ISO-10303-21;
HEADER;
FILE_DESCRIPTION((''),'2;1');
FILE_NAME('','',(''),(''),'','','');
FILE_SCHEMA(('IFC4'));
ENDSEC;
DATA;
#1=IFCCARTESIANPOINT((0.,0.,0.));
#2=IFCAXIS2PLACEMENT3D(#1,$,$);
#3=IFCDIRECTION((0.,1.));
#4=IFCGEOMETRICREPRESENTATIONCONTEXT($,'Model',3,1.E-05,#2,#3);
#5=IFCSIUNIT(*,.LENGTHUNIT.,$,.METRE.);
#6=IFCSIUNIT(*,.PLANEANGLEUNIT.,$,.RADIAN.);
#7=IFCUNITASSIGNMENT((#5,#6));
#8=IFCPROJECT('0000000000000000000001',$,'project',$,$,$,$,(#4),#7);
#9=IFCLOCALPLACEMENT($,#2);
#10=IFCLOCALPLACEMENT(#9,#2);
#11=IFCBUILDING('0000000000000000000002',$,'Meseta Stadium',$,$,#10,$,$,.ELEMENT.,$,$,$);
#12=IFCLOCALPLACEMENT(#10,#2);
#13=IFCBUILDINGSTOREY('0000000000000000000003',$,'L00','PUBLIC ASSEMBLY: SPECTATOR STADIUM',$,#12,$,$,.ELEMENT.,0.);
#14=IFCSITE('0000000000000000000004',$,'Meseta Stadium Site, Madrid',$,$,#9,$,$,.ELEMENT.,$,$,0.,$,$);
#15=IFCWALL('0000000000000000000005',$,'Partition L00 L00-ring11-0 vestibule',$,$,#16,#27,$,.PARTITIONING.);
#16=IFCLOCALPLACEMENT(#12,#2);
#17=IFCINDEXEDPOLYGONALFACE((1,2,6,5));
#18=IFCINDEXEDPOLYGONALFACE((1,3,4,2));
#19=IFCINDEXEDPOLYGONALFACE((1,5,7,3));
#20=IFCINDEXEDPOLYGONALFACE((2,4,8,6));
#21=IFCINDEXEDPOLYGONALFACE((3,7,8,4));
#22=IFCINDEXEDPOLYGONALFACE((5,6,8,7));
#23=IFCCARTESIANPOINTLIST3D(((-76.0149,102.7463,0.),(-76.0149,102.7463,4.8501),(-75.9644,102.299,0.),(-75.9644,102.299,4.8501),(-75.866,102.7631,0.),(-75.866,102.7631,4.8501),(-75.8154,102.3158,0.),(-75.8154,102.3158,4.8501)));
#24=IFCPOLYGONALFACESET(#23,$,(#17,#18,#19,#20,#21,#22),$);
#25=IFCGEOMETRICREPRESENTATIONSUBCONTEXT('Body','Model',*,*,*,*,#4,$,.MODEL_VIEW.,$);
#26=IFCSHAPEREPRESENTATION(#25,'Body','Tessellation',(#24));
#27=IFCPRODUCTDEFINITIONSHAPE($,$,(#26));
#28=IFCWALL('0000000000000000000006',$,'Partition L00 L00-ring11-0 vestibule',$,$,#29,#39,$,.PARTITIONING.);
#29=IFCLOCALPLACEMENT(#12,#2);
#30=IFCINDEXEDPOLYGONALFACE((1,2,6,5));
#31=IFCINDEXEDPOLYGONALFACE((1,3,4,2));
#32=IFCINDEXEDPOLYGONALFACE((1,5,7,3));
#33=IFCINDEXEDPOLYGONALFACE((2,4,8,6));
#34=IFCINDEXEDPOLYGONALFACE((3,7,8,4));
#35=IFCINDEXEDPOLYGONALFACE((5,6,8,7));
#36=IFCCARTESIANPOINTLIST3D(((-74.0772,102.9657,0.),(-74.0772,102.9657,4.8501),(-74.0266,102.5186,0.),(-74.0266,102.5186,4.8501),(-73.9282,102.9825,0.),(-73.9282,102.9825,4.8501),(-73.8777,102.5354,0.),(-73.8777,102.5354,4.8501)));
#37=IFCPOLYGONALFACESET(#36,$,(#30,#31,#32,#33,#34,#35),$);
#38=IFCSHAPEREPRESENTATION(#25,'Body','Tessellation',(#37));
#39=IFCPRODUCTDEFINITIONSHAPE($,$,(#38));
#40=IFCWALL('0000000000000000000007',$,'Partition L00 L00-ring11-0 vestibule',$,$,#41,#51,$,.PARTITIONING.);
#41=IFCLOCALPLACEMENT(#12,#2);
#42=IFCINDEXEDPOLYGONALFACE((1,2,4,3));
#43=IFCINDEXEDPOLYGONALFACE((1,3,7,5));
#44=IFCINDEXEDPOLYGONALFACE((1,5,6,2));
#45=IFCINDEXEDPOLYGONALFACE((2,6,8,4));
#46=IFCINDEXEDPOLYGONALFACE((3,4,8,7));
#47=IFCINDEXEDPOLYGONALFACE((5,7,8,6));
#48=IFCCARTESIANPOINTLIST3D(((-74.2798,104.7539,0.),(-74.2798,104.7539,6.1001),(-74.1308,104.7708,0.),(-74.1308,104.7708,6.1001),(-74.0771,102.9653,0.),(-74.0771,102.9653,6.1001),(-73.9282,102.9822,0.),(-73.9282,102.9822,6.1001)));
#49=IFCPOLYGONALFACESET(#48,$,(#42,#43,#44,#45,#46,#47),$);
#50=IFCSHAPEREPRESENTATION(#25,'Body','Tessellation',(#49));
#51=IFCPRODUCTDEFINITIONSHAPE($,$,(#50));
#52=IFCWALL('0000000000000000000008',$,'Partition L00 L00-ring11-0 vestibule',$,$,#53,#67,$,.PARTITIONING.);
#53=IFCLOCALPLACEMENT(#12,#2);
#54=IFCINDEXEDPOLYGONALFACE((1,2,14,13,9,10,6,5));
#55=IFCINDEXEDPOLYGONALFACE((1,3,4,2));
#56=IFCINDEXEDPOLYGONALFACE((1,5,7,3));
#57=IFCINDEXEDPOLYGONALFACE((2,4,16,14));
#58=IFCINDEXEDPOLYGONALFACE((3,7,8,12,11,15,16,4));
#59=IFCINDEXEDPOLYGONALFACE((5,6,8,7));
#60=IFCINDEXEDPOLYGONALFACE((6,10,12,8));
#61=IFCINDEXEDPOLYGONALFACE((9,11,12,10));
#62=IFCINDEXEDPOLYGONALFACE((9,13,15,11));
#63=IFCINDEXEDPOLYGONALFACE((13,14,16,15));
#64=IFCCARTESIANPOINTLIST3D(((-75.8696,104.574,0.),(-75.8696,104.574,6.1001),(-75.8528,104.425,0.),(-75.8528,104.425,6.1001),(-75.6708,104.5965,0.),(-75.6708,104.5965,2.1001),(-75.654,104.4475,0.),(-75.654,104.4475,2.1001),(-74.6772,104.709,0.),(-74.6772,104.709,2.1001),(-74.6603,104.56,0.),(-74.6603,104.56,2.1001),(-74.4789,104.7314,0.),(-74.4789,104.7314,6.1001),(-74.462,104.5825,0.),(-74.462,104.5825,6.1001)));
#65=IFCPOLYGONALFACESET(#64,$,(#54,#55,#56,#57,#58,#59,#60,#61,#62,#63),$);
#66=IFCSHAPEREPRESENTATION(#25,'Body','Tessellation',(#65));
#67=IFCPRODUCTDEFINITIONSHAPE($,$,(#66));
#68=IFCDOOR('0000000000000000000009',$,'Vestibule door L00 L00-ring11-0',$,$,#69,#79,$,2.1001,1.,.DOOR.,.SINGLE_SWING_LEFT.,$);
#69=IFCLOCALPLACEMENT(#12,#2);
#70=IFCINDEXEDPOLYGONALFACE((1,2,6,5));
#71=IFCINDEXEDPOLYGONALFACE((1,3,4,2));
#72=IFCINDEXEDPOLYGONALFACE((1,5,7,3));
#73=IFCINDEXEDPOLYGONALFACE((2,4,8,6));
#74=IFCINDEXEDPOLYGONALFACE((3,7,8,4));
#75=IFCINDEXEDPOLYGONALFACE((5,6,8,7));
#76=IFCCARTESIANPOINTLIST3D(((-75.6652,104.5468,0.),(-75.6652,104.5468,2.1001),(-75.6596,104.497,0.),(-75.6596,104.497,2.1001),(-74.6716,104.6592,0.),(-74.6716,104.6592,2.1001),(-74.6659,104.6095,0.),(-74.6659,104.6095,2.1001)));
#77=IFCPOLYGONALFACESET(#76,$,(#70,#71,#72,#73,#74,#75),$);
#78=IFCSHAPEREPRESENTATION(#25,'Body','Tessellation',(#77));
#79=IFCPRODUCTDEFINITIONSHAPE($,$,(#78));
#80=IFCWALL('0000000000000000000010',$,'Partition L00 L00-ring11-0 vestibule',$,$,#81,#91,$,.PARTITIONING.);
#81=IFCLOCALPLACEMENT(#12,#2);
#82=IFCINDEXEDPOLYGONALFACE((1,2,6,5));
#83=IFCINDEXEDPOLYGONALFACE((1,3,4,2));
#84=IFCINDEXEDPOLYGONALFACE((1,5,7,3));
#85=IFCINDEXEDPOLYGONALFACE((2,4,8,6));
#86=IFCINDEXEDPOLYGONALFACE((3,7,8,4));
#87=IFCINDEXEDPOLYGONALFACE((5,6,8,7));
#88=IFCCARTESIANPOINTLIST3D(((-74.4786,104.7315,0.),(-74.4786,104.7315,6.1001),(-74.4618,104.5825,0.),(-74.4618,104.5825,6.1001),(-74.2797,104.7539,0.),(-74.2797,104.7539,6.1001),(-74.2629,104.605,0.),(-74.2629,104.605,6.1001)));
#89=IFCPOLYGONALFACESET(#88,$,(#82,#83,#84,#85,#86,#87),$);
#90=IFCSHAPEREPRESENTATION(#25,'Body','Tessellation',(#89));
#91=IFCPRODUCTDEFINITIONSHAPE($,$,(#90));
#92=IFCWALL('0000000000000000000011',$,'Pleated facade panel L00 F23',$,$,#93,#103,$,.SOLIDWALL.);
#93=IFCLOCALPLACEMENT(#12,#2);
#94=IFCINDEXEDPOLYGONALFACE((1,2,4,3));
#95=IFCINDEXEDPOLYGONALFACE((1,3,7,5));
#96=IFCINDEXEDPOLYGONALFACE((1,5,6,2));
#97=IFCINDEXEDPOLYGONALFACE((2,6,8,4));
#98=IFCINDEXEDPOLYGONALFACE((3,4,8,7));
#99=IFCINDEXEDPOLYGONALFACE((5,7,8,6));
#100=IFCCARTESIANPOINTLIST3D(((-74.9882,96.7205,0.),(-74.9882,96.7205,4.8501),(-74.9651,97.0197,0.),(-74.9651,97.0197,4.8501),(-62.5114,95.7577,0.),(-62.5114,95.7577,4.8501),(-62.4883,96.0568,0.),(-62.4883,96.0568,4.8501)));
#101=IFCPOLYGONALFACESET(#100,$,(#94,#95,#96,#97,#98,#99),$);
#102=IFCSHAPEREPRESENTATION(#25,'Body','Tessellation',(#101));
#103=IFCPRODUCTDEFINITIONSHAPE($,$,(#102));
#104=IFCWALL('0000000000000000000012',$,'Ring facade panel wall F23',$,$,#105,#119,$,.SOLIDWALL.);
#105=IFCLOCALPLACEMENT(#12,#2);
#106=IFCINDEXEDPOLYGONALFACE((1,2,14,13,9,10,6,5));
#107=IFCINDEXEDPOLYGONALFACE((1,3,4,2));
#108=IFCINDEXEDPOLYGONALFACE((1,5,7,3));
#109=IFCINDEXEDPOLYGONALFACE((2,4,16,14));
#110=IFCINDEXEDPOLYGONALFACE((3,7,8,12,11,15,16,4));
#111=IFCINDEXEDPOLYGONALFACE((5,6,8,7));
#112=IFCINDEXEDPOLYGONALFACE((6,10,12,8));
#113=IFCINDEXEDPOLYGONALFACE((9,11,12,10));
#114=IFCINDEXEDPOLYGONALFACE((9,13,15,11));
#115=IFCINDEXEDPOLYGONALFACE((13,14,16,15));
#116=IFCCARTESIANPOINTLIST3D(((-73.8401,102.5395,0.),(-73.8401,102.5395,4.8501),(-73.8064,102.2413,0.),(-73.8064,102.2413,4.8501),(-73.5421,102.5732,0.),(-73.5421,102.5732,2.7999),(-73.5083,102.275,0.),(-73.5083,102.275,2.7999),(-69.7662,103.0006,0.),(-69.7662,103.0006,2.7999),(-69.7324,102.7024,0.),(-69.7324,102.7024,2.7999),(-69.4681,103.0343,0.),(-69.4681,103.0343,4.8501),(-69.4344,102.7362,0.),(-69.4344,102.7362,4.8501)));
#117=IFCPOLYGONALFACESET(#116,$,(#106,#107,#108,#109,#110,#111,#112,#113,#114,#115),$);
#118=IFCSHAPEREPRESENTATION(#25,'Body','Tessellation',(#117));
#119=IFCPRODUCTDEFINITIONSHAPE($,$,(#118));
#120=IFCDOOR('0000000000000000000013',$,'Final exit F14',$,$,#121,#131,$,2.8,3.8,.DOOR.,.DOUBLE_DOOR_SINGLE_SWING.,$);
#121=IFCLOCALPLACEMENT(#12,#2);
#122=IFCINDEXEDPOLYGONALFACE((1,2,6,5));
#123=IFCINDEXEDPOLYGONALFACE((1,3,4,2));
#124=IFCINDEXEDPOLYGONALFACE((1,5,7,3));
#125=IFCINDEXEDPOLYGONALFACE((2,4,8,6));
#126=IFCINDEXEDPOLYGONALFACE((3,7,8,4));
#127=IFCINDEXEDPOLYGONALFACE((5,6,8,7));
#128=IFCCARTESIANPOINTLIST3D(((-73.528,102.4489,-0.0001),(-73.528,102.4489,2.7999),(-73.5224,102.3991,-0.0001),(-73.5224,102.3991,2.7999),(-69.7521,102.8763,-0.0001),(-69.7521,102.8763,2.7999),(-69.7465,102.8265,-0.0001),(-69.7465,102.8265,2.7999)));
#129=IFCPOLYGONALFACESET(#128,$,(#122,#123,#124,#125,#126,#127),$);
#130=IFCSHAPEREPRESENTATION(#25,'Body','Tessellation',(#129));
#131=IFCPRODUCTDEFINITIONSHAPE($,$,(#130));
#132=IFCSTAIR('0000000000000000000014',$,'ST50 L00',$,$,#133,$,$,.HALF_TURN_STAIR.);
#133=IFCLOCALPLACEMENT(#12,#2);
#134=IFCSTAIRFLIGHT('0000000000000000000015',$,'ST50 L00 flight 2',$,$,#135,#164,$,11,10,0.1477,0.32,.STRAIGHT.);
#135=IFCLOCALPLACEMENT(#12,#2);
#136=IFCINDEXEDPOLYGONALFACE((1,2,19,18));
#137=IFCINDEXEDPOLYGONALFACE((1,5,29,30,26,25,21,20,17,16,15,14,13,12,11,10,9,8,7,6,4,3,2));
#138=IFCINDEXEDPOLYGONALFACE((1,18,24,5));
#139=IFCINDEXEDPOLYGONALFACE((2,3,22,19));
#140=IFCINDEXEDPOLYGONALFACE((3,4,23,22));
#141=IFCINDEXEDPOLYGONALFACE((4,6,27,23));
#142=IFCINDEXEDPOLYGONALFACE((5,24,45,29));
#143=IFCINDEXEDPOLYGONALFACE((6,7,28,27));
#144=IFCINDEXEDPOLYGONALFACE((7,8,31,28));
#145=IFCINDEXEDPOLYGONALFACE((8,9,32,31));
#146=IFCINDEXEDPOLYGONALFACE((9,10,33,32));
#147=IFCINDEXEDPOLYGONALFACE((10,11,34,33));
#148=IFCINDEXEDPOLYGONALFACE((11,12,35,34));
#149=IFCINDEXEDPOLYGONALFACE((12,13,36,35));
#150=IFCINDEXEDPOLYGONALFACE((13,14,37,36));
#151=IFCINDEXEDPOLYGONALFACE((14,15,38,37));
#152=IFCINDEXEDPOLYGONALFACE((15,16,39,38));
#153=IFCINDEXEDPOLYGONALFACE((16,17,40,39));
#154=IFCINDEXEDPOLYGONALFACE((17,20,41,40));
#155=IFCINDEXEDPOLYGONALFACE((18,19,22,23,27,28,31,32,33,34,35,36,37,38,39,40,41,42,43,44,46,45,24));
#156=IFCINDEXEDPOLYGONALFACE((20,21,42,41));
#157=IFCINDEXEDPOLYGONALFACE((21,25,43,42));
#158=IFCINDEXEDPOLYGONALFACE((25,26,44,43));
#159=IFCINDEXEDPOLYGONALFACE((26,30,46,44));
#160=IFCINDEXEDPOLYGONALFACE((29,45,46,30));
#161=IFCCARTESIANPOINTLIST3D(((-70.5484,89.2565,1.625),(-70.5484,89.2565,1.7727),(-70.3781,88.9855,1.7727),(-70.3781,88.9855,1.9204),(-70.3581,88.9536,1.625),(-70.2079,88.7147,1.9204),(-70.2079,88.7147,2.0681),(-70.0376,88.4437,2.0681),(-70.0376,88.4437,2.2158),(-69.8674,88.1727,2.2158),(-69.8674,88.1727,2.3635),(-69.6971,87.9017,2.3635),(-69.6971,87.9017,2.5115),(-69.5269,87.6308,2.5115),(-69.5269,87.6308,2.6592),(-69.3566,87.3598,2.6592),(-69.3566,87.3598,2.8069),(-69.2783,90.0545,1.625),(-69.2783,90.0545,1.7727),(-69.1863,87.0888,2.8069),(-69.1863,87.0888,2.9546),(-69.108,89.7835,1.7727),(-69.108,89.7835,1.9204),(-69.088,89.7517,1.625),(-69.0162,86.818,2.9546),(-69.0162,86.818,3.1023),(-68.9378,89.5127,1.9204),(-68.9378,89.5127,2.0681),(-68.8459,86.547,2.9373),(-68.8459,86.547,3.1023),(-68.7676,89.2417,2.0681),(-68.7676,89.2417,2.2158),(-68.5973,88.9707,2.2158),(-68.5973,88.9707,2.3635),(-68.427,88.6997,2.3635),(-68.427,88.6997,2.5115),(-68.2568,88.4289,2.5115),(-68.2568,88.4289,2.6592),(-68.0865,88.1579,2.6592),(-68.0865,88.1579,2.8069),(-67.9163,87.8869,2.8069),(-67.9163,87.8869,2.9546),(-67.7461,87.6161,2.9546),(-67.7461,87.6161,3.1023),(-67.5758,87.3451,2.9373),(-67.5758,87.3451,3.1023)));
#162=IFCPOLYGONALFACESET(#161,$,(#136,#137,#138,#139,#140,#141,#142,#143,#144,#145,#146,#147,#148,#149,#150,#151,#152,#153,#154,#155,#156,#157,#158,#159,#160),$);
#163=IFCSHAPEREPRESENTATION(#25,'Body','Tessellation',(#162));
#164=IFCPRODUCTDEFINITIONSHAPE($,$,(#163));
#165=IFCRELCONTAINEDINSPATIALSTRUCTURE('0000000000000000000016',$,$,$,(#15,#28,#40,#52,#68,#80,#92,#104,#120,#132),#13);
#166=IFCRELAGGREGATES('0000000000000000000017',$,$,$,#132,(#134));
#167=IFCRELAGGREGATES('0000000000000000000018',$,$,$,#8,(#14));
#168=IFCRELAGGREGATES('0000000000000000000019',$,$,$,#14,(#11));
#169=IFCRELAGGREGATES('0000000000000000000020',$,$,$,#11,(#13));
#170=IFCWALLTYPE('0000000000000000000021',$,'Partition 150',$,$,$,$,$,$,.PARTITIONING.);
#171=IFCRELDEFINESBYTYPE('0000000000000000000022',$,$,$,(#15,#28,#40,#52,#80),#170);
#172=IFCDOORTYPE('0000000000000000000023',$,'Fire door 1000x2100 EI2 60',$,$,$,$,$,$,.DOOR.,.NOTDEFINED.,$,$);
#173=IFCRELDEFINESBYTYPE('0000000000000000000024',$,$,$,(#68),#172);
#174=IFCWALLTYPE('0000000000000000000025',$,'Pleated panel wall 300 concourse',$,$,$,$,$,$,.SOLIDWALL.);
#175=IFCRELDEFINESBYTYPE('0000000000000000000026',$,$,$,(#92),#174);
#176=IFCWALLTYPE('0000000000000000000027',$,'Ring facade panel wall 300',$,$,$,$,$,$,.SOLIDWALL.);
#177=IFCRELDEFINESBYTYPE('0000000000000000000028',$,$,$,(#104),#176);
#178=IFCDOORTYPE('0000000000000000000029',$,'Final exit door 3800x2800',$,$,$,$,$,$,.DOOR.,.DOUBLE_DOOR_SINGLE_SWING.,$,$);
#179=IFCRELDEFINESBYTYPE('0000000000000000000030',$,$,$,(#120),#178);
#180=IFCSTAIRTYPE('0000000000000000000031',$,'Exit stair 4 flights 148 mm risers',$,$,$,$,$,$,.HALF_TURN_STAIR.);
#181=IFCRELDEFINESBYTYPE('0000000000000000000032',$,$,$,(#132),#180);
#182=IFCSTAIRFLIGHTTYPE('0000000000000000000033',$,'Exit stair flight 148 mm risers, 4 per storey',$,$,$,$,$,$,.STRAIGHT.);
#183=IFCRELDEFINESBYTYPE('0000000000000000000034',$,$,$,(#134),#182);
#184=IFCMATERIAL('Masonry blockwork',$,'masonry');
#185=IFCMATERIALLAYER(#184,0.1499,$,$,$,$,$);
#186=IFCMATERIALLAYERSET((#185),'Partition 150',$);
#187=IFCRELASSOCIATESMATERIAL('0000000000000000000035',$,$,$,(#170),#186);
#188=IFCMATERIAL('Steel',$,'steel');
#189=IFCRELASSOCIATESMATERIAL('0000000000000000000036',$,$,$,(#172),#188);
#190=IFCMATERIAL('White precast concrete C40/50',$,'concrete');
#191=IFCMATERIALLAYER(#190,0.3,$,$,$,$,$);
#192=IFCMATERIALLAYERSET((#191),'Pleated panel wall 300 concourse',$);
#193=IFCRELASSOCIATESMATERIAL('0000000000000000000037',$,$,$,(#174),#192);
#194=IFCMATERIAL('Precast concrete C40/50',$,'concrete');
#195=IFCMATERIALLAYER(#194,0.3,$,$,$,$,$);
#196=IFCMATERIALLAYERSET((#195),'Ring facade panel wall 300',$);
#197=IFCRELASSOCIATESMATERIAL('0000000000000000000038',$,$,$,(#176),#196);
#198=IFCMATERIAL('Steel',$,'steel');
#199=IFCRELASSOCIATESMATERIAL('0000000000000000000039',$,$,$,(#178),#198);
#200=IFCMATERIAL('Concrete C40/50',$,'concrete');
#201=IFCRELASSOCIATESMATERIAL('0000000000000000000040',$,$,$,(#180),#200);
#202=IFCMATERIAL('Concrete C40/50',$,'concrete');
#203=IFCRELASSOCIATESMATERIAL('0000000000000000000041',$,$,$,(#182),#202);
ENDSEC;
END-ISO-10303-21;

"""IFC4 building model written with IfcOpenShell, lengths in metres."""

from ifc_helpers import new_model, si_unit, direction, frame, frame_2d, origin, place, context, subcontext, project, spatial, polyline, rectangle, outline, extrude, material, layer, layer_set, type_object, element, fill, aggregate, save


model = new_model("IFC4")

# Units and contexts
model_context = context("Model", 3, precision=1e-05, world=origin(), true_north=direction((0.0, 1.0)))
body_context = subcontext(model_context, "Body", "Model", "MODEL_VIEW")
ifc_project = project(units=[si_unit("LENGTHUNIT", "METRE"), si_unit("PLANEANGLEUNIT", "RADIAN")], contexts=[model_context])

# Site, building, storey
site_placement = place(None, origin())
site = spatial("IfcSite", under=ifc_project, at=site_placement, Name="Meseta Stadium Site, Madrid", CompositionType="ELEMENT", RefElevation=0.0)
building_placement = place(site_placement, origin())
building = spatial("IfcBuilding", under=site, at=building_placement, Name="Meseta Stadium", CompositionType="ELEMENT")
storey_placement = place(building_placement, origin())
storey = spatial("IfcBuildingStorey", under=building, at=storey_placement, Name="L00", Description="PUBLIC ASSEMBLY: SPECTATOR STADIUM", CompositionType="ELEMENT", Elevation=0.0)

# Walls
ifc_material_1 = material(Name="Masonry blockwork", Category="masonry")
ifc_layer_1 = layer(ifc_material_1, 0.1499)
ifc_layer_set_1 = layer_set([ifc_layer_1], Name="Partition 150")
wall_type_1 = type_object("IfcWallType", Name="Partition 150", PredefinedType="PARTITIONING", material=ifc_layer_set_1)
wall_1_placement = place(storey_placement, frame((-75.8899, 102.3074, 0.0), z_axis=(0.0, 0.0, 1.0), x_axis=(-0.112277, 0.993677, 0.0)))
element("IfcWall", 1, at=wall_1_placement, inside=storey, type_object=wall_type_1, Name="Partition L00 L00-ring11-0 vestibule", PredefinedType="PARTITIONING", context=body_context, shape_type="SweptSolid", body=[
    extrude(rectangle(XDim=0.4502, YDim=0.1499, at=frame_2d((0.2251, 0.0))), origin(), (0.0, 0.0, 1.0), 4.8501),
])
wall_2_placement = place(storey_placement, frame((-73.9521, 102.5269, 0.0), z_axis=(0.0, 0.0, 1.0), x_axis=(-0.112337, 0.99367, 0.0)))
element("IfcWall", 2, at=wall_2_placement, inside=storey, type_object=wall_type_1, Name="Partition L00 L00-ring11-0 vestibule", PredefinedType="PARTITIONING", context=body_context, shape_type="SweptSolid", body=[
    extrude(rectangle(XDim=0.45, YDim=0.1499, at=frame_2d((0.2251, 0.0))), origin(), (0.0, 0.0, 1.0), 4.8501),
])
wall_3_placement = place(storey_placement, frame((-74.0027, 102.9739, 0.0), z_axis=(0.0, 0.0, 1.0), x_axis=(-0.112575, 0.993643, 0.0)))
element("IfcWall", 3, at=wall_3_placement, inside=storey, type_object=wall_type_1, Name="Partition L00 L00-ring11-0 vestibule", PredefinedType="PARTITIONING", context=body_context, shape_type="SweptSolid", body=[
    extrude(rectangle(XDim=1.8, YDim=0.1499, at=frame_2d((0.8999, 0.0))), origin(), (0.0, 0.0, 1.0), 6.1001),
])

# Wall, opening, door
wall_4_placement = place(storey_placement, frame((-75.8611, 104.4995, 0.0), z_axis=(0.0, 0.0, 1.0), x_axis=(0.993652, 0.112499, 0.0)))
wall_4 = element("IfcWall", 4, at=wall_4_placement, inside=storey, type_object=wall_type_1, Name="Partition L00 L00-ring11-0 vestibule", PredefinedType="PARTITIONING", context=body_context, shape_type="SweptSolid", body=[
    extrude(rectangle(XDim=1.3997, YDim=0.1499, at=frame_2d((0.6997, 0.0))), origin(), (0.0, 0.0, 1.0), 6.1001),
])
opening_1_placement = place(wall_4_placement, frame((0.2, 0.0, 0.0)))
opening_1 = element("IfcOpeningElement", 5, at=opening_1_placement, cuts=wall_4, PredefinedType="OPENING", context=body_context, shape_type="SweptSolid", body=[
    extrude(rectangle(XDim=1.0, YDim=2.1001, at=frame_2d((0.5, 1.05))), frame((0.0, 0.085, 0.0), z_axis=(0.0, -1.0, 0.0), x_axis=(1.0, 0.0, 0.0)), (0.0, 0.0, 1.0), 0.1699),
])
ifc_material_2 = material(Name="Steel", Category="steel")
door_type_1 = type_object("IfcDoorType", Name="Fire door 1000x2100 EI2 60", OperationType="NOTDEFINED", PredefinedType="DOOR", material=ifc_material_2)
door_1_placement = place(opening_1_placement, origin())
door_1 = element("IfcDoor", 6, at=door_1_placement, inside=storey, type_object=door_type_1, Name="Vestibule door L00 L00-ring11-0", OperationType="SINGLE_SWING_LEFT", OverallHeight=2.1001, OverallWidth=1.0, PredefinedType="DOOR", context=body_context, shape_type="SweptSolid", body=[
    extrude(rectangle(XDim=1.0, YDim=2.1001, at=frame_2d((0.5, 1.05))), frame((0.0, 0.0249, 0.0), z_axis=(0.0, -1.0, 0.0), x_axis=(1.0, 0.0, 0.0)), (0.0, 0.0, 1.0), 0.05),
])
fill(opening_1, door_1)

# Walls
wall_5_placement = place(storey_placement, frame((-74.4702, 104.657, 0.0), z_axis=(0.0, 0.0, 1.0), x_axis=(0.993689, 0.112171, 0.0)))
element("IfcWall", 7, at=wall_5_placement, inside=storey, type_object=wall_type_1, Name="Partition L00 L00-ring11-0 vestibule", PredefinedType="PARTITIONING", context=body_context, shape_type="SweptSolid", body=[
    extrude(rectangle(XDim=0.2002, YDim=0.1499, at=frame_2d((0.1001, 0.0))), origin(), (0.0, 0.0, 1.0), 6.1001),
])
ifc_material_3 = material(Name="White precast concrete C40/50", Category="concrete")
ifc_layer_2 = layer(ifc_material_3, 0.3)
ifc_layer_set_2 = layer_set([ifc_layer_2], Name="Pleated panel wall 300 concourse")
wall_type_2 = type_object("IfcWallType", Name="Pleated panel wall 300 concourse", PredefinedType="SOLIDWALL", material=ifc_layer_set_2)
wall_6_placement = place(storey_placement, frame((-74.9766, 96.8701, 0.0), z_axis=(0.0, 0.0, 1.0), x_axis=(0.997035, -0.076946, 0.0)))
element("IfcWall", 8, at=wall_6_placement, inside=storey, type_object=wall_type_2, Name="Pleated facade panel L00 F23", PredefinedType="SOLIDWALL", context=body_context, shape_type="SweptSolid", body=[
    extrude(rectangle(XDim=12.5139, YDim=0.3, at=frame_2d((6.2568, 0.0))), origin(), (0.0, 0.0, 1.0), 4.8501),
])

# Wall, opening, door
ifc_material_4 = material(Name="Precast concrete C40/50", Category="concrete")
ifc_layer_3 = layer(ifc_material_4, 0.3)
ifc_layer_set_3 = layer_set([ifc_layer_3], Name="Ring facade panel wall 300")
wall_type_3 = type_object("IfcWallType", Name="Ring facade panel wall 300", PredefinedType="SOLIDWALL", material=ifc_layer_set_3)
wall_7_placement = place(storey_placement, frame((-73.8232, 102.3904, 0.0), z_axis=(0.0, 0.0, 1.0), x_axis=(0.993655, 0.112471, 0.0)))
wall_7 = element("IfcWall", 9, at=wall_7_placement, inside=storey, type_object=wall_type_3, Name="Ring facade panel wall F23", PredefinedType="SOLIDWALL", context=body_context, shape_type="SweptSolid", body=[
    extrude(rectangle(XDim=4.3999, YDim=0.3, at=frame_2d((2.2, 0.0))), origin(), (0.0, 0.0, 1.0), 4.8501),
])
opening_2_placement = place(wall_7_placement, frame((0.3, 0.0, 0.0)))
opening_2 = element("IfcOpeningElement", 10, at=opening_2_placement, cuts=wall_7, PredefinedType="OPENING", context=body_context, shape_type="SweptSolid", body=[
    extrude(rectangle(XDim=3.8, YDim=2.8, at=frame_2d((1.8999, 1.3999))), frame((0.0, 0.1599, 0.0), z_axis=(0.0, -1.0, 0.0), x_axis=(1.0, 0.0, 0.0)), (0.0, 0.0, 1.0), 0.3201),
])
ifc_material_5 = material(Name="Steel", Category="steel")
door_type_2 = type_object("IfcDoorType", Name="Final exit door 3800x2800", OperationType="DOUBLE_DOOR_SINGLE_SWING", PredefinedType="DOOR", material=ifc_material_5)
door_2_placement = place(opening_2_placement, origin())
door_2 = element("IfcDoor", 11, at=door_2_placement, inside=storey, type_object=door_type_2, Name="Final exit F14", OperationType="DOUBLE_DOOR_SINGLE_SWING", OverallHeight=2.8, OverallWidth=3.8, PredefinedType="DOOR", context=body_context, shape_type="SweptSolid", body=[
    extrude(rectangle(XDim=3.8, YDim=2.8, at=frame_2d((1.8999, 1.3999))), frame((0.0, 0.0249, 0.0), z_axis=(0.0, -1.0, 0.0), x_axis=(1.0, 0.0, 0.0)), (0.0, 0.0, 1.0), 0.05),
])
fill(opening_2, door_2)

# Stair, stair flight
ifc_material_6 = material(Name="Concrete C40/50", Category="concrete")
stair_type = type_object("IfcStairType", Name="Exit stair 4 flights 148 mm risers", PredefinedType="HALF_TURN_STAIR", material=ifc_material_6)
stair_placement = place(storey_placement, origin())
stair = element("IfcStair", 12, at=stair_placement, inside=storey, type_object=stair_type, Name="ST50 L00", PredefinedType="HALF_TURN_STAIR")
ifc_material_7 = material(Name="Concrete C40/50", Category="concrete")
stair_flight_type = type_object("IfcStairFlightType", Name="Exit stair flight 148 mm risers, 4 per storey", PredefinedType="STRAIGHT", material=ifc_material_7)
stair_flight_1_placement = place(storey_placement, frame((-69.9133, 89.6555, 1.625), z_axis=(0.0, 0.0, 1.0), x_axis=(0.532032, -0.846724, 0.0)))
stair_flight_1 = element("IfcStairFlight", 13, at=stair_flight_1_placement, type_object=stair_flight_type, Name="ST50 L00 flight 2", NumberOfRisers=11, NumberOfTreads=10, PredefinedType="STRAIGHT", RiserHeight=0.1477, TreadLength=0.32, context=body_context, shape_type="SweptSolid", body=[
    extrude(outline(polyline([(0.0, 0.0), (0.0, 0.1477), (0.3201, 0.1477), (0.3201, 0.2954), (0.6399, 0.2954), (0.6399, 0.4431), (0.96, 0.4431), (0.96, 0.5908), (1.28, 0.5908), (1.28, 0.7385), (1.6001, 0.7385), (1.6001, 0.8865), (1.9199, 0.8865), (1.9199, 1.0342), (2.24, 1.0342), (2.24, 1.1819), (2.5601, 1.1819), (2.5601, 1.3296), (2.8799, 1.3296), (2.8799, 1.4773), (3.2, 1.4773), (3.2, 1.3123), (0.3577, 0.0), (0.0, 0.0)])), frame((0.0, 0.75, 0.0), z_axis=(0.0, -1.0, 0.0), x_axis=(1.0, 0.0, 0.0)), (0.0, 0.0, 1.0), 1.5),
])
aggregate(stair, [stair_flight_1])

save(model, "model.ifc")
